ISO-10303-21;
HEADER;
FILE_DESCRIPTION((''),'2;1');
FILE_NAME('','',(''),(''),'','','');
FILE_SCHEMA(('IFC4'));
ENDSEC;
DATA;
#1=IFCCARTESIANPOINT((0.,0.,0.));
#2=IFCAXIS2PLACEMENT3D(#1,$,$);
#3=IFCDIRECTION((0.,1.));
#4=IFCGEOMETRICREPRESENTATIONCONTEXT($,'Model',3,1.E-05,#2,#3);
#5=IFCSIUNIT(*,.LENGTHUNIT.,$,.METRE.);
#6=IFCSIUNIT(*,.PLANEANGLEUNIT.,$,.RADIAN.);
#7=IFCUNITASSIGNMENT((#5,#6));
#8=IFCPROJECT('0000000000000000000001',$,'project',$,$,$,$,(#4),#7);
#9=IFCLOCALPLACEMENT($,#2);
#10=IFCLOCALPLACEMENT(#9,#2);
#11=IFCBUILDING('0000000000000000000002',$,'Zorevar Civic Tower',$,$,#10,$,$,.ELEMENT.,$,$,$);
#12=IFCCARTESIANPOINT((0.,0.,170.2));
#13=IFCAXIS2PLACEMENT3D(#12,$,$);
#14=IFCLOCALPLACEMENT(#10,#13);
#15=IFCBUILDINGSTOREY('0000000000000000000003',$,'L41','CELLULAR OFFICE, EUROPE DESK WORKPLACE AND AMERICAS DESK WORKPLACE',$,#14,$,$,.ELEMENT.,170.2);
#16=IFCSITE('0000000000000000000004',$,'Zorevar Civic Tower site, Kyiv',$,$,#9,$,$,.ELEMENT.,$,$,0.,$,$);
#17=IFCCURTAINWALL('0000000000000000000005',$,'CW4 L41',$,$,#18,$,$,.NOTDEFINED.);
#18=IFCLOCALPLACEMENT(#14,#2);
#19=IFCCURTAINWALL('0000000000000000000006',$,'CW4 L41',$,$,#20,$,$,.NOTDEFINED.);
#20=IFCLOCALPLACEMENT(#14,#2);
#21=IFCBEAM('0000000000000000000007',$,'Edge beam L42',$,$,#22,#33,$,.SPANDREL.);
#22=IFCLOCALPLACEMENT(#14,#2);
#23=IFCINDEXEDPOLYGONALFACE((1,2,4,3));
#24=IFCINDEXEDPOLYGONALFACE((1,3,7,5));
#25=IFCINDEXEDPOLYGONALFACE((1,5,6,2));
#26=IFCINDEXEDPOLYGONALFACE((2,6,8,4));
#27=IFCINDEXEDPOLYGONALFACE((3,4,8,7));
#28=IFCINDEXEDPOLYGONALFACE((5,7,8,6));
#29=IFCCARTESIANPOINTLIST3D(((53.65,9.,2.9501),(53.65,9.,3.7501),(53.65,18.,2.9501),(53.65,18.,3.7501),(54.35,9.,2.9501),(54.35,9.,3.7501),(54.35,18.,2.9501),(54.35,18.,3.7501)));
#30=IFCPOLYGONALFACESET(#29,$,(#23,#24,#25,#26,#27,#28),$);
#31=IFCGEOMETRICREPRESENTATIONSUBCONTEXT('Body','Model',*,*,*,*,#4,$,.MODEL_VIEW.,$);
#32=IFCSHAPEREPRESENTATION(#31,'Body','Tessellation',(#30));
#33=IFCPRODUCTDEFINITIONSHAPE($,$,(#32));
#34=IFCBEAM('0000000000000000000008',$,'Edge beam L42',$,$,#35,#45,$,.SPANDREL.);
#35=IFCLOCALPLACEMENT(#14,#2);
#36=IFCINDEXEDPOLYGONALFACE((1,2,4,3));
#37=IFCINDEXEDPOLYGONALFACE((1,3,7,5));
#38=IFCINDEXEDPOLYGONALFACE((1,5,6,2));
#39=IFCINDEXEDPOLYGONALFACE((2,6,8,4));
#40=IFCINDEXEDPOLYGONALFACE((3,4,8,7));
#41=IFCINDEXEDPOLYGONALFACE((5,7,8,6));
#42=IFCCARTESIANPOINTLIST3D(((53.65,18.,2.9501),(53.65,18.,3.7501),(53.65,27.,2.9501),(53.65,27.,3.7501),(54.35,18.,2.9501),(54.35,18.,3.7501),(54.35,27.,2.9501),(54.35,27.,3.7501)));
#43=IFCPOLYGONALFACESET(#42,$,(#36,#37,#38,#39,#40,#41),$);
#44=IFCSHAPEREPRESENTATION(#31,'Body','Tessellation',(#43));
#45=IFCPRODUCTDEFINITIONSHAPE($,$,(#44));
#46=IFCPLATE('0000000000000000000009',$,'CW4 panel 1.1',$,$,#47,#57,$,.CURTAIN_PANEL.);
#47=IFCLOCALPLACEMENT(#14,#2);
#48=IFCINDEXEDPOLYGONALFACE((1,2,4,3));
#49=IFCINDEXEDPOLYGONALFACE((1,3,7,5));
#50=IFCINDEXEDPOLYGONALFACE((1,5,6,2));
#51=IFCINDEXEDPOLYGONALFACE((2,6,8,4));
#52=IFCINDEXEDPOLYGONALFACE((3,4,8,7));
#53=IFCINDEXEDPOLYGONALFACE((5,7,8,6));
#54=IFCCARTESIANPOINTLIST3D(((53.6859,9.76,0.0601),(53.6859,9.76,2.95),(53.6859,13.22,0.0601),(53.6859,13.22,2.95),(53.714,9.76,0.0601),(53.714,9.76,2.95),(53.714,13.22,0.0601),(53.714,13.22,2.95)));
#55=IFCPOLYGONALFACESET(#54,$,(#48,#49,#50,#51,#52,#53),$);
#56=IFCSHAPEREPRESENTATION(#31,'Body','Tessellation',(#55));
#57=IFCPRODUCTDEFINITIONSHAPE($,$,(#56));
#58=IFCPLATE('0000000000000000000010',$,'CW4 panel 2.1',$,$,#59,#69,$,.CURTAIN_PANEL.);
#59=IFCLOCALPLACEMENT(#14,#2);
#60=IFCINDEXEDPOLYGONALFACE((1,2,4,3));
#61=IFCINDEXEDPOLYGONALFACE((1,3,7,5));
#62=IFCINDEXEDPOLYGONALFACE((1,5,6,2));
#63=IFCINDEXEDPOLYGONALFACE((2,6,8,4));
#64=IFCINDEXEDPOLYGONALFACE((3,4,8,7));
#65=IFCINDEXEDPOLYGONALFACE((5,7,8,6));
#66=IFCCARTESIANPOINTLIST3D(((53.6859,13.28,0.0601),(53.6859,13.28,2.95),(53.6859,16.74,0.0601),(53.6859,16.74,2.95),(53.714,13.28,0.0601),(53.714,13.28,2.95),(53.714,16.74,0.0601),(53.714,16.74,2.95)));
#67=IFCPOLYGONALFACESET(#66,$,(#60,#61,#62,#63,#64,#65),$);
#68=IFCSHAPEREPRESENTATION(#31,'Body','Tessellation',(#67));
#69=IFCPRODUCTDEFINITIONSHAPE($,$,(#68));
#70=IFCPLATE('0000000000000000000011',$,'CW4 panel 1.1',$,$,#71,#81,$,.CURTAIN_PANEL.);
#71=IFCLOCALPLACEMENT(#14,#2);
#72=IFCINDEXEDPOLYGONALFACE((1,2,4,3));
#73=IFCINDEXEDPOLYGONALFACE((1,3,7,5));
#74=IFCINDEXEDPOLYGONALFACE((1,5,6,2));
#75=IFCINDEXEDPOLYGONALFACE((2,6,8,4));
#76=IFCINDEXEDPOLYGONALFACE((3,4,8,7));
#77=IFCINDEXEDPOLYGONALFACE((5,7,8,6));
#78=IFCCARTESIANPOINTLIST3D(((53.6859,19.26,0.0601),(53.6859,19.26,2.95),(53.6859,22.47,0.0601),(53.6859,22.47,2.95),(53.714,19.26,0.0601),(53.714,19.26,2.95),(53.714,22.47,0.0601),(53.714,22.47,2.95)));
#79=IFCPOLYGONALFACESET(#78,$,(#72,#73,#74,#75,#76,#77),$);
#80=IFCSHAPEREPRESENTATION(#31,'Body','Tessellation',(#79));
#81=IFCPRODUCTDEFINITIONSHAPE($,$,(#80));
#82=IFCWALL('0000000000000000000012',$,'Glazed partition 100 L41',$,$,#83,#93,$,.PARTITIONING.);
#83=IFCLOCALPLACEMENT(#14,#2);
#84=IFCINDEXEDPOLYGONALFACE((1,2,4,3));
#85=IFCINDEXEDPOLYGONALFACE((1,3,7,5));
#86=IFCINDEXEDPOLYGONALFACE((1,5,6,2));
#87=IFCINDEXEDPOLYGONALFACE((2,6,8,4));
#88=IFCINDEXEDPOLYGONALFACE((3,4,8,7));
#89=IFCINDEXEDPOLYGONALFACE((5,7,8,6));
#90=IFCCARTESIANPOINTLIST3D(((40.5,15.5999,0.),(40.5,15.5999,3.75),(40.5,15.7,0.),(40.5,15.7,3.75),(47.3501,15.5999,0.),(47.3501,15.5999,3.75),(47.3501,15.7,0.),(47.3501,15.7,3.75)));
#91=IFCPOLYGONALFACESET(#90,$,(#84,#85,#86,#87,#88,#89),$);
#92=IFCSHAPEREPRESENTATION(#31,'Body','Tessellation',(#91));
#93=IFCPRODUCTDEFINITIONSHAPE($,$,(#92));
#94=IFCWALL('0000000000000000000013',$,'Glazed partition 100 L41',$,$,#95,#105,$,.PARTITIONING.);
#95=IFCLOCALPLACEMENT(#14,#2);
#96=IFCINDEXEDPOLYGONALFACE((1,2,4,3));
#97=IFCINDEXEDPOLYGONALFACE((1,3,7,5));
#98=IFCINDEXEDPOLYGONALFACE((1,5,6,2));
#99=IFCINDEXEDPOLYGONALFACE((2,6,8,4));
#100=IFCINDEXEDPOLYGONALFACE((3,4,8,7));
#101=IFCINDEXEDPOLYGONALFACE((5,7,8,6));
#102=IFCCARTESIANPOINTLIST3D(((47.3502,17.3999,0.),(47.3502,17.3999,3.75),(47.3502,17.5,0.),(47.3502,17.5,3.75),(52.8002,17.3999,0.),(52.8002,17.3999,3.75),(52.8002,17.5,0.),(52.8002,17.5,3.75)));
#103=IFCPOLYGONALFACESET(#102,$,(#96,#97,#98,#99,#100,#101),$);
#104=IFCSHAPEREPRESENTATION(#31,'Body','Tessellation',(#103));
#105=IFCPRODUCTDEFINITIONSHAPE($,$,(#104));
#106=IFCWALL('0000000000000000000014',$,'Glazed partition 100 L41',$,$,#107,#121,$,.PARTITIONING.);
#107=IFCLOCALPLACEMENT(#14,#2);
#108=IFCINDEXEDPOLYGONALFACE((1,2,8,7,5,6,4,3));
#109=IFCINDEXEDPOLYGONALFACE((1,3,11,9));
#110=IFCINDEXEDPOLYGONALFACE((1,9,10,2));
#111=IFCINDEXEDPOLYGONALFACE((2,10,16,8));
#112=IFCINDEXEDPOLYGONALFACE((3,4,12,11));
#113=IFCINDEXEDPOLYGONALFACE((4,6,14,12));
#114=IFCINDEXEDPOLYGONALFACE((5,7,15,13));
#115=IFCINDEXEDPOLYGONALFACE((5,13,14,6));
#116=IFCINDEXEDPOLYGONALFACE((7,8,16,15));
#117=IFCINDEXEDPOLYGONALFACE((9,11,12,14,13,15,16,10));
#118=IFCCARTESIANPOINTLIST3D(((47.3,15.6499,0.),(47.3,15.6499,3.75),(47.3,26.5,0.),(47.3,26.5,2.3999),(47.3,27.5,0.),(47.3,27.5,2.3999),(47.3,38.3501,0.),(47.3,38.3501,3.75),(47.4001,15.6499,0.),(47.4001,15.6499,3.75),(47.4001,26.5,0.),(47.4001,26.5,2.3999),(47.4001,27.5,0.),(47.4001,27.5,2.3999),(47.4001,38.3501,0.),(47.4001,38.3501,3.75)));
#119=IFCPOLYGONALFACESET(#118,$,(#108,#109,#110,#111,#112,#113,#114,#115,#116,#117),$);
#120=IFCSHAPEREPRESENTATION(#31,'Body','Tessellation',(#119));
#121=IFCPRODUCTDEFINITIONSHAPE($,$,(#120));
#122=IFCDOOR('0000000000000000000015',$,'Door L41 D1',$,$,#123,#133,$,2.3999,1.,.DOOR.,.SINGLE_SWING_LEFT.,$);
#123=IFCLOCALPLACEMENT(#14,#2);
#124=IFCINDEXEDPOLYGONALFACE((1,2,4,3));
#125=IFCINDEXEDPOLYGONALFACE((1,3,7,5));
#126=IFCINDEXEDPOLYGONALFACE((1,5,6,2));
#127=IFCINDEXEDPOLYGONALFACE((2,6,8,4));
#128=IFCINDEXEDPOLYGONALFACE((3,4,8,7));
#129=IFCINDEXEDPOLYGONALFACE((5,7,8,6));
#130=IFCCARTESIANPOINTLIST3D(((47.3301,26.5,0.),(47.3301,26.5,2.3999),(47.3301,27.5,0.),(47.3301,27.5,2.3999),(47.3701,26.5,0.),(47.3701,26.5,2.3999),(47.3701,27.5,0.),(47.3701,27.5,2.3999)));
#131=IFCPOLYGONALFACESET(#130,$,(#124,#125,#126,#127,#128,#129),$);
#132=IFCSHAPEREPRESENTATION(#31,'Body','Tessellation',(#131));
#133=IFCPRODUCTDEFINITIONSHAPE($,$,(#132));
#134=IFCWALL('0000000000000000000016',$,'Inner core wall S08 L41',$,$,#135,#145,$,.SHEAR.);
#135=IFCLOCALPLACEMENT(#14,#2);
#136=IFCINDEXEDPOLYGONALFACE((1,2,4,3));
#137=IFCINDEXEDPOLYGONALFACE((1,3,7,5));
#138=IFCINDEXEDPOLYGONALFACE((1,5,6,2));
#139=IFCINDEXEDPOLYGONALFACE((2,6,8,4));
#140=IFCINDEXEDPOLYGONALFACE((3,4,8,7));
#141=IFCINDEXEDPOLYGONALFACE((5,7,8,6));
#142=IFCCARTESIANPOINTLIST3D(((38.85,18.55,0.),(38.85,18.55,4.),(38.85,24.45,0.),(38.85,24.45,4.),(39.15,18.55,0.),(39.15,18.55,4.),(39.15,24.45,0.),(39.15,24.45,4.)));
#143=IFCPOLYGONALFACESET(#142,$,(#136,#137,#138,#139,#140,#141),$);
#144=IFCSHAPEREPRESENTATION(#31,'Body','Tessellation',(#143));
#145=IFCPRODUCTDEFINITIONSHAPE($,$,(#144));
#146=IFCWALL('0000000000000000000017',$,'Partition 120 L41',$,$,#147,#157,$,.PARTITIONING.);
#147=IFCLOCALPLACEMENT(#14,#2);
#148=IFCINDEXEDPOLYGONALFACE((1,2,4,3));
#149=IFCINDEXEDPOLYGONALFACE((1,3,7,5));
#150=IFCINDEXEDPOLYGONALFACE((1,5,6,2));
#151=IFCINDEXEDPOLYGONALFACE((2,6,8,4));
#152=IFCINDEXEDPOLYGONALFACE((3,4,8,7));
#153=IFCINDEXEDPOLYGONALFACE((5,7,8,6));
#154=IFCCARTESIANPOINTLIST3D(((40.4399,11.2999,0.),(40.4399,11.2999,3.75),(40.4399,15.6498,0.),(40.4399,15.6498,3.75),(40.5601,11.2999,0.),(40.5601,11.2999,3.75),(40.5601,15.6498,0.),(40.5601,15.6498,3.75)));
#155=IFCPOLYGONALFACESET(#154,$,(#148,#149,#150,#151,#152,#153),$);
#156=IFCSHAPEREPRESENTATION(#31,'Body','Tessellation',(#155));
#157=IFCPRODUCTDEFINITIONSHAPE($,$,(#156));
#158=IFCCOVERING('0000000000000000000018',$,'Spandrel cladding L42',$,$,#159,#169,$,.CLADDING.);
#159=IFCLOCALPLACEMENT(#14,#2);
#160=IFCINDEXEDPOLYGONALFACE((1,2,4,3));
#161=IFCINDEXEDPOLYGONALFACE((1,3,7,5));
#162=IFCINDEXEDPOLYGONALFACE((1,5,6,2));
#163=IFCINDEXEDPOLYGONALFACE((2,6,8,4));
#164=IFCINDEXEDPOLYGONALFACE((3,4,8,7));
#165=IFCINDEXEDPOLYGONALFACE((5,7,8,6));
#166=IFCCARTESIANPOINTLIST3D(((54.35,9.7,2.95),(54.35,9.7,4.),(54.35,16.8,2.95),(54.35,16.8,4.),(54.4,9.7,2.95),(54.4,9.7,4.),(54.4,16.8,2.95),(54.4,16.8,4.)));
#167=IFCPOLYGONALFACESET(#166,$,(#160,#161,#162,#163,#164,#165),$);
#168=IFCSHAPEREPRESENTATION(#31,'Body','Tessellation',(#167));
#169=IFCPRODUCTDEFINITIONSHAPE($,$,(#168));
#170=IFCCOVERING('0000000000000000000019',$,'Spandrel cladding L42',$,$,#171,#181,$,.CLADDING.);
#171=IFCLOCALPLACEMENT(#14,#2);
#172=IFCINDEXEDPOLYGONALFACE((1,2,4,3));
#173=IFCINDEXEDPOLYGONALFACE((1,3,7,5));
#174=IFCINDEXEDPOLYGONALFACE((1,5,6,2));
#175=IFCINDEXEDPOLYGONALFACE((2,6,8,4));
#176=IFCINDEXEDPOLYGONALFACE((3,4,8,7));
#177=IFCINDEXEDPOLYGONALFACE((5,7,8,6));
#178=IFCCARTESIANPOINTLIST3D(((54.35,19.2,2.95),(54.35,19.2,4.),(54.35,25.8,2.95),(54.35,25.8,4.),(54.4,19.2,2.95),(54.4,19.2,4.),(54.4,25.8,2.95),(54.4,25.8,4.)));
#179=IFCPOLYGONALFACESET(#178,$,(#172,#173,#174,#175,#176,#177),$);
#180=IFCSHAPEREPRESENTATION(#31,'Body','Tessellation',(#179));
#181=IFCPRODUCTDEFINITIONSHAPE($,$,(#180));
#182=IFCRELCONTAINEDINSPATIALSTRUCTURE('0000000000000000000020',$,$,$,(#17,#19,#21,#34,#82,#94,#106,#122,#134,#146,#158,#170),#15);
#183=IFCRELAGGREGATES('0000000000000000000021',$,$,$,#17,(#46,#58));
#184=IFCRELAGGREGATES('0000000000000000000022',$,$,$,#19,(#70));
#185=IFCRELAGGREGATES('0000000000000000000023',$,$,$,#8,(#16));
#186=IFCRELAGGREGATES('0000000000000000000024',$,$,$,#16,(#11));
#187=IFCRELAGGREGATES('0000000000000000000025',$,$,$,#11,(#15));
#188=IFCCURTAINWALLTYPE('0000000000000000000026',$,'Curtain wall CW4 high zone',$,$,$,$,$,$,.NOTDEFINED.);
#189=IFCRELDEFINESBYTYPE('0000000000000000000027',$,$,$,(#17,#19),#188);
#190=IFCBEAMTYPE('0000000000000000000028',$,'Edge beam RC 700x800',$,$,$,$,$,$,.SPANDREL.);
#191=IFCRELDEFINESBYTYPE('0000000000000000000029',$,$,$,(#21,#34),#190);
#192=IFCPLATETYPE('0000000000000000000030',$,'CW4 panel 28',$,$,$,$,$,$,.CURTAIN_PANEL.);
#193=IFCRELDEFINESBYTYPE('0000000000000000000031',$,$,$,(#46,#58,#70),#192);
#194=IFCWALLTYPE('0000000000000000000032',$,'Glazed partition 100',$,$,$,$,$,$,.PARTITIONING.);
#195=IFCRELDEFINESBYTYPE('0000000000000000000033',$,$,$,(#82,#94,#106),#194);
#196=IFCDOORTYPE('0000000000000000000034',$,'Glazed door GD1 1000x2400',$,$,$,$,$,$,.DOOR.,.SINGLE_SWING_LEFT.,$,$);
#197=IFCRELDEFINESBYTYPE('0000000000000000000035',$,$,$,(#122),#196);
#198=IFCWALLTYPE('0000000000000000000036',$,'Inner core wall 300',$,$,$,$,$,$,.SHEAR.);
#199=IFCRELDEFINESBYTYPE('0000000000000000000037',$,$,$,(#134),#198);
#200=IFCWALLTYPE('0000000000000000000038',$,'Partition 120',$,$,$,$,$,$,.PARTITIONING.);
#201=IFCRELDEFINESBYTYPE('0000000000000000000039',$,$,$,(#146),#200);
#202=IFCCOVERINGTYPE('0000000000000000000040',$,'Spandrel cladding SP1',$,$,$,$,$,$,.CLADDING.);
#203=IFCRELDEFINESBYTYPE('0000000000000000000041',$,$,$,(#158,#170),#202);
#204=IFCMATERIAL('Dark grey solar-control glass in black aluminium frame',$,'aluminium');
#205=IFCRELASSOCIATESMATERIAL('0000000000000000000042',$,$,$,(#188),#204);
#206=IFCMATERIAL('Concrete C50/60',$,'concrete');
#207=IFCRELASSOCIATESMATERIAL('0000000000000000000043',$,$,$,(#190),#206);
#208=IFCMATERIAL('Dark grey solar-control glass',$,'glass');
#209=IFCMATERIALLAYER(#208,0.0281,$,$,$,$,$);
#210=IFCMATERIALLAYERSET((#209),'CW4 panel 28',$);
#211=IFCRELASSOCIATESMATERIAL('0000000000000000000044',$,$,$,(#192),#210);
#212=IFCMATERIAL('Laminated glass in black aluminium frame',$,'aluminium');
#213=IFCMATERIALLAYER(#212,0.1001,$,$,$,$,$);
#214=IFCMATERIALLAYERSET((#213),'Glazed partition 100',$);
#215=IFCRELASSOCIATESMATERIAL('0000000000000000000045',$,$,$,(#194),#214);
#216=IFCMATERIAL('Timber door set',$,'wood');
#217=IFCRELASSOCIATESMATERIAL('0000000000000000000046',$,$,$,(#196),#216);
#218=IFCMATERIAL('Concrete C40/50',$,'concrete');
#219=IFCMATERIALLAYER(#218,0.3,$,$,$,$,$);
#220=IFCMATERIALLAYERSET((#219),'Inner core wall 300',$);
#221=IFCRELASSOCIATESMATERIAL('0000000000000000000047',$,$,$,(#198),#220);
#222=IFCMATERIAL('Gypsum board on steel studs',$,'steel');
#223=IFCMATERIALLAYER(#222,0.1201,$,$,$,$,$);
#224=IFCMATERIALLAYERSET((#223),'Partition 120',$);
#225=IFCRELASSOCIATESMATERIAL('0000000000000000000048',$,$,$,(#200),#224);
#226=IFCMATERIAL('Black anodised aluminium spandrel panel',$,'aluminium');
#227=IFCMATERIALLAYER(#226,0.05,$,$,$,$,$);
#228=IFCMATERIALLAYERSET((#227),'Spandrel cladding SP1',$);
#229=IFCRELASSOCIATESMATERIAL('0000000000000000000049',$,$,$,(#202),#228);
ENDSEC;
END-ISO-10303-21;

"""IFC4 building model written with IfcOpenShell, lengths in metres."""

from ifc_helpers import new_model, si_unit, direction, frame, frame_2d, origin, origin_2d, place, context, subcontext, project, spatial, rectangle, extrude, material, layer, layer_set, material_profile, profile_set, type_object, element, fill, aggregate, save


model = new_model("IFC4")

# Units and contexts
model_context = context("Model", 3, precision=1e-05, world=origin(), true_north=direction((0.0, 1.0)))
body_context = subcontext(model_context, "Body", "Model", "MODEL_VIEW")
ifc_project = project(units=[si_unit("LENGTHUNIT", "METRE"), si_unit("PLANEANGLEUNIT", "RADIAN")], contexts=[model_context])

# Site, building, storey
site_placement = place(None, origin())
site = spatial("IfcSite", under=ifc_project, at=site_placement, Name="Zorevar Civic Tower site, Kyiv", CompositionType="ELEMENT", RefElevation=0.0)
building_placement = place(site_placement, origin())
building = spatial("IfcBuilding", under=site, at=building_placement, Name="Zorevar Civic Tower", CompositionType="ELEMENT")
storey_placement = place(building_placement, frame((0.0, 0.0, 170.2)))
storey = spatial("IfcBuildingStorey", under=building, at=storey_placement, Name="L41", Description="CELLULAR OFFICE, EUROPE DESK WORKPLACE AND AMERICAS DESK WORKPLACE", CompositionType="ELEMENT", Elevation=170.2)

# Curtain wall
ifc_material_1 = material(Name="Dark grey solar-control glass in black aluminium frame", Category="aluminium")
curtain_wall_type = type_object("IfcCurtainWallType", Name="Curtain wall CW4 high zone", PredefinedType="NOTDEFINED", material=ifc_material_1)
curtain_wall_1_placement = place(storey_placement, origin())
curtain_wall_1 = element("IfcCurtainWall", 1, at=curtain_wall_1_placement, inside=storey, type_object=curtain_wall_type, Name="CW4 L41", PredefinedType="NOTDEFINED")

# Curtain wall
curtain_wall_2_placement = place(storey_placement, origin())
curtain_wall_2 = element("IfcCurtainWall", 2, at=curtain_wall_2_placement, inside=storey, type_object=curtain_wall_type, Name="CW4 L41", PredefinedType="NOTDEFINED")

# Beams
ifc_material_2 = material(Name="Concrete C50/60", Category="concrete")
ifc_material_profile_1 = material_profile(ifc_material_2, rectangle(XDim=0.7, YDim=0.8, at=origin_2d()), Name="RC 700x800")
ifc_profile_set_1 = profile_set([ifc_material_profile_1], Name="Concrete C50/60")
beam_type_1 = type_object("IfcBeamType", Name="Edge beam RC 700x800", PredefinedType="SPANDREL", material=ifc_profile_set_1)
for number, where, z_axis, x_axis, name in (
    (3, (54.0, 9.0, 3.3501), (0.0, 1.0, 0.0), (-1.0, 0.0, 0.0), "Edge beam L42"),
    (4, (54.0, 18.0, 3.3501), (0.0, 1.0, 0.0), (-1.0, 0.0, 0.0), "Edge beam L42"),
):
    element("IfcBeam", number, at=place(storey_placement, frame(where, z_axis=z_axis, x_axis=x_axis)), inside=storey, type_object=beam_type_1, Name=name, PredefinedType="SPANDREL", context=body_context, shape_type="SweptSolid", body=[
        extrude(rectangle(XDim=0.7, YDim=0.8, at=origin_2d()), origin(), (0.0, 0.0, 1.0), 9.0),
    ])

# Plates
ifc_material_3 = material(Name="Dark grey solar-control glass", Category="glass")
ifc_layer_1 = layer(ifc_material_3, 0.0281)
ifc_layer_set_1 = layer_set([ifc_layer_1], Name="CW4 panel 28")
plate_type = type_object("IfcPlateType", Name="CW4 panel 28", PredefinedType="CURTAIN_PANEL", material=ifc_layer_set_1)
plate_1_placement = place(storey_placement, frame((53.7, 11.49, 0.0601), z_axis=(0.0, 0.0, 1.0), x_axis=(0.0, 1.0, 0.0)))
plate_1 = element("IfcPlate", 5, at=plate_1_placement, type_object=plate_type, Name="CW4 panel 1.1", PredefinedType="CURTAIN_PANEL", context=body_context, shape_type="SweptSolid", body=[
    extrude(rectangle(XDim=3.46, YDim=0.0281, at=origin_2d()), origin(), (0.0, 0.0, 1.0), 2.8899),
])
plate_2_placement = place(storey_placement, frame((53.7, 15.01, 0.0601), z_axis=(0.0, 0.0, 1.0), x_axis=(0.0, 1.0, 0.0)))
plate_2 = element("IfcPlate", 6, at=plate_2_placement, type_object=plate_type, Name="CW4 panel 2.1", PredefinedType="CURTAIN_PANEL", context=body_context, shape_type="SweptSolid", body=[
    extrude(rectangle(XDim=3.46, YDim=0.0281, at=origin_2d()), origin(), (0.0, 0.0, 1.0), 2.8899),
])
aggregate(curtain_wall_1, [plate_1, plate_2])
plate_3_placement = place(storey_placement, frame((53.7, 20.865, 0.0601), z_axis=(0.0, 0.0, 1.0), x_axis=(0.0, 1.0, 0.0)))
plate_3 = element("IfcPlate", 7, at=plate_3_placement, type_object=plate_type, Name="CW4 panel 1.1", PredefinedType="CURTAIN_PANEL", context=body_context, shape_type="SweptSolid", body=[
    extrude(rectangle(XDim=3.21, YDim=0.0281, at=origin_2d()), origin(), (0.0, 0.0, 1.0), 2.8899),
])
aggregate(curtain_wall_2, [plate_3])

# Walls
ifc_material_4 = material(Name="Laminated glass in black aluminium frame", Category="aluminium")
ifc_layer_2 = layer(ifc_material_4, 0.1001)
ifc_layer_set_2 = layer_set([ifc_layer_2], Name="Glazed partition 100")
wall_type_1 = type_object("IfcWallType", Name="Glazed partition 100", PredefinedType="PARTITIONING", material=ifc_layer_set_2)
wall_1_placement = place(storey_placement, frame((40.5, 15.6499, 0.0), z_axis=(0.0, 0.0, 1.0), x_axis=(1.0, 0.0, 0.0)))
element("IfcWall", 8, at=wall_1_placement, inside=storey, type_object=wall_type_1, Name="Glazed partition 100 L41", PredefinedType="PARTITIONING", context=body_context, shape_type="SweptSolid", body=[
    extrude(rectangle(XDim=6.8501, YDim=0.1001, at=frame_2d((3.425, 0.0))), origin(), (0.0, 0.0, 1.0), 3.75),
])
wall_2_placement = place(storey_placement, frame((47.3501, 17.45, 0.0), z_axis=(0.0, 0.0, 1.0), x_axis=(1.0, 0.0, 0.0)))
element("IfcWall", 9, at=wall_2_placement, inside=storey, type_object=wall_type_1, Name="Glazed partition 100 L41", PredefinedType="PARTITIONING", context=body_context, shape_type="SweptSolid", body=[
    extrude(rectangle(XDim=5.45, YDim=0.1001, at=frame_2d((2.7251, 0.0))), origin(), (0.0, 0.0, 1.0), 3.75),
])

# Wall, opening, door
wall_3_placement = place(storey_placement, frame((47.3501, 15.6499, 0.0), z_axis=(0.0, 0.0, 1.0), x_axis=(0.0, 1.0, 0.0)))
wall_3 = element("IfcWall", 10, at=wall_3_placement, inside=storey, type_object=wall_type_1, Name="Glazed partition 100 L41", PredefinedType="PARTITIONING", context=body_context, shape_type="SweptSolid", body=[
    extrude(rectangle(XDim=22.7002, YDim=0.1001, at=frame_2d((11.3501, 0.0))), origin(), (0.0, 0.0, 1.0), 3.75),
])
opening_1_placement = place(wall_3_placement, frame((10.8501, 0.0, 0.0)))
opening_1 = element("IfcOpeningElement", 11, at=opening_1_placement, cuts=wall_3, PredefinedType="OPENING", context=body_context, shape_type="SweptSolid", body=[
    extrude(rectangle(XDim=1.0, YDim=2.3999, at=frame_2d((0.5, 1.2))), frame((0.0, 0.0601, 0.0), z_axis=(0.0, -1.0, 0.0), x_axis=(1.0, 0.0, 0.0)), (0.0, 0.0, 1.0), 0.1201),
])
ifc_material_5 = material(Name="Timber door set", Category="wood")
door_type_1 = type_object("IfcDoorType", Name="Glazed door GD1 1000x2400", OperationType="SINGLE_SWING_LEFT", PredefinedType="DOOR", material=ifc_material_5)
door_1_placement = place(opening_1_placement, origin())
door_1 = element("IfcDoor", 12, at=door_1_placement, inside=storey, type_object=door_type_1, Name="Door L41 D1", OperationType="SINGLE_SWING_LEFT", OverallHeight=2.3999, OverallWidth=1.0, PredefinedType="DOOR", context=body_context, shape_type="SweptSolid", body=[
    extrude(rectangle(XDim=1.0, YDim=2.3999, at=frame_2d((0.5, 1.2))), frame((0.0, 0.02, 0.0), z_axis=(0.0, -1.0, 0.0), x_axis=(1.0, 0.0, 0.0)), (0.0, 0.0, 1.0), 0.04),
])
fill(opening_1, door_1)

# Walls
ifc_material_6 = material(Name="Concrete C40/50", Category="concrete")
ifc_layer_3 = layer(ifc_material_6, 0.3)
ifc_layer_set_3 = layer_set([ifc_layer_3], Name="Inner core wall 300")
wall_type_2 = type_object("IfcWallType", Name="Inner core wall 300", PredefinedType="SHEAR", material=ifc_layer_set_3)
wall_4_placement = place(storey_placement, frame((39.0, 18.55, 0.0), z_axis=(0.0, 0.0, 1.0), x_axis=(0.0, 1.0, 0.0)))
element("IfcWall", 13, at=wall_4_placement, inside=storey, type_object=wall_type_2, Name="Inner core wall S08 L41", PredefinedType="SHEAR", context=body_context, shape_type="SweptSolid", body=[
    extrude(rectangle(XDim=5.8999, YDim=0.3, at=frame_2d((2.95, 0.0))), origin(), (0.0, 0.0, 1.0), 4.0),
])
ifc_material_7 = material(Name="Gypsum board on steel studs", Category="steel")
ifc_layer_4 = layer(ifc_material_7, 0.1201)
ifc_layer_set_4 = layer_set([ifc_layer_4], Name="Partition 120")
wall_type_3 = type_object("IfcWallType", Name="Partition 120", PredefinedType="PARTITIONING", material=ifc_layer_set_4)
wall_5_placement = place(storey_placement, frame((40.5, 11.3, 0.0), z_axis=(0.0, 0.0, 1.0), x_axis=(0.0, 1.0, 0.0)))
element("IfcWall", 14, at=wall_5_placement, inside=storey, type_object=wall_type_3, Name="Partition 120 L41", PredefinedType="PARTITIONING", context=body_context, shape_type="SweptSolid", body=[
    extrude(rectangle(XDim=4.3499, YDim=0.1201, at=frame_2d((2.1748, 0.0))), origin(), (0.0, 0.0, 1.0), 3.75),
])

# Coverings
ifc_material_8 = material(Name="Black anodised aluminium spandrel panel", Category="aluminium")
ifc_layer_5 = layer(ifc_material_8, 0.05)
ifc_layer_set_5 = layer_set([ifc_layer_5], Name="Spandrel cladding SP1")
covering_type = type_object("IfcCoveringType", Name="Spandrel cladding SP1", PredefinedType="CLADDING", material=ifc_layer_set_5)
covering_1_placement = place(storey_placement, frame((54.375, 9.7, 2.95), z_axis=(0.0, 0.0, 1.0), x_axis=(0.0, 1.0, 0.0)))
element("IfcCovering", 15, at=covering_1_placement, inside=storey, type_object=covering_type, Name="Spandrel cladding L42", PredefinedType="CLADDING", context=body_context, shape_type="SweptSolid", body=[
    extrude(rectangle(XDim=7.1001, YDim=0.05, at=frame_2d((3.55, 0.0))), origin(), (0.0, 0.0, 1.0), 1.05),
])
covering_2_placement = place(storey_placement, frame((54.375, 19.2, 2.95), z_axis=(0.0, 0.0, 1.0), x_axis=(0.0, 1.0, 0.0)))
element("IfcCovering", 16, at=covering_2_placement, inside=storey, type_object=covering_type, Name="Spandrel cladding L42", PredefinedType="CLADDING", context=body_context, shape_type="SweptSolid", body=[
    extrude(rectangle(XDim=6.6001, YDim=0.05, at=frame_2d((3.3, 0.0))), origin(), (0.0, 0.0, 1.0), 1.05),
])

save(model, "model.ifc")
